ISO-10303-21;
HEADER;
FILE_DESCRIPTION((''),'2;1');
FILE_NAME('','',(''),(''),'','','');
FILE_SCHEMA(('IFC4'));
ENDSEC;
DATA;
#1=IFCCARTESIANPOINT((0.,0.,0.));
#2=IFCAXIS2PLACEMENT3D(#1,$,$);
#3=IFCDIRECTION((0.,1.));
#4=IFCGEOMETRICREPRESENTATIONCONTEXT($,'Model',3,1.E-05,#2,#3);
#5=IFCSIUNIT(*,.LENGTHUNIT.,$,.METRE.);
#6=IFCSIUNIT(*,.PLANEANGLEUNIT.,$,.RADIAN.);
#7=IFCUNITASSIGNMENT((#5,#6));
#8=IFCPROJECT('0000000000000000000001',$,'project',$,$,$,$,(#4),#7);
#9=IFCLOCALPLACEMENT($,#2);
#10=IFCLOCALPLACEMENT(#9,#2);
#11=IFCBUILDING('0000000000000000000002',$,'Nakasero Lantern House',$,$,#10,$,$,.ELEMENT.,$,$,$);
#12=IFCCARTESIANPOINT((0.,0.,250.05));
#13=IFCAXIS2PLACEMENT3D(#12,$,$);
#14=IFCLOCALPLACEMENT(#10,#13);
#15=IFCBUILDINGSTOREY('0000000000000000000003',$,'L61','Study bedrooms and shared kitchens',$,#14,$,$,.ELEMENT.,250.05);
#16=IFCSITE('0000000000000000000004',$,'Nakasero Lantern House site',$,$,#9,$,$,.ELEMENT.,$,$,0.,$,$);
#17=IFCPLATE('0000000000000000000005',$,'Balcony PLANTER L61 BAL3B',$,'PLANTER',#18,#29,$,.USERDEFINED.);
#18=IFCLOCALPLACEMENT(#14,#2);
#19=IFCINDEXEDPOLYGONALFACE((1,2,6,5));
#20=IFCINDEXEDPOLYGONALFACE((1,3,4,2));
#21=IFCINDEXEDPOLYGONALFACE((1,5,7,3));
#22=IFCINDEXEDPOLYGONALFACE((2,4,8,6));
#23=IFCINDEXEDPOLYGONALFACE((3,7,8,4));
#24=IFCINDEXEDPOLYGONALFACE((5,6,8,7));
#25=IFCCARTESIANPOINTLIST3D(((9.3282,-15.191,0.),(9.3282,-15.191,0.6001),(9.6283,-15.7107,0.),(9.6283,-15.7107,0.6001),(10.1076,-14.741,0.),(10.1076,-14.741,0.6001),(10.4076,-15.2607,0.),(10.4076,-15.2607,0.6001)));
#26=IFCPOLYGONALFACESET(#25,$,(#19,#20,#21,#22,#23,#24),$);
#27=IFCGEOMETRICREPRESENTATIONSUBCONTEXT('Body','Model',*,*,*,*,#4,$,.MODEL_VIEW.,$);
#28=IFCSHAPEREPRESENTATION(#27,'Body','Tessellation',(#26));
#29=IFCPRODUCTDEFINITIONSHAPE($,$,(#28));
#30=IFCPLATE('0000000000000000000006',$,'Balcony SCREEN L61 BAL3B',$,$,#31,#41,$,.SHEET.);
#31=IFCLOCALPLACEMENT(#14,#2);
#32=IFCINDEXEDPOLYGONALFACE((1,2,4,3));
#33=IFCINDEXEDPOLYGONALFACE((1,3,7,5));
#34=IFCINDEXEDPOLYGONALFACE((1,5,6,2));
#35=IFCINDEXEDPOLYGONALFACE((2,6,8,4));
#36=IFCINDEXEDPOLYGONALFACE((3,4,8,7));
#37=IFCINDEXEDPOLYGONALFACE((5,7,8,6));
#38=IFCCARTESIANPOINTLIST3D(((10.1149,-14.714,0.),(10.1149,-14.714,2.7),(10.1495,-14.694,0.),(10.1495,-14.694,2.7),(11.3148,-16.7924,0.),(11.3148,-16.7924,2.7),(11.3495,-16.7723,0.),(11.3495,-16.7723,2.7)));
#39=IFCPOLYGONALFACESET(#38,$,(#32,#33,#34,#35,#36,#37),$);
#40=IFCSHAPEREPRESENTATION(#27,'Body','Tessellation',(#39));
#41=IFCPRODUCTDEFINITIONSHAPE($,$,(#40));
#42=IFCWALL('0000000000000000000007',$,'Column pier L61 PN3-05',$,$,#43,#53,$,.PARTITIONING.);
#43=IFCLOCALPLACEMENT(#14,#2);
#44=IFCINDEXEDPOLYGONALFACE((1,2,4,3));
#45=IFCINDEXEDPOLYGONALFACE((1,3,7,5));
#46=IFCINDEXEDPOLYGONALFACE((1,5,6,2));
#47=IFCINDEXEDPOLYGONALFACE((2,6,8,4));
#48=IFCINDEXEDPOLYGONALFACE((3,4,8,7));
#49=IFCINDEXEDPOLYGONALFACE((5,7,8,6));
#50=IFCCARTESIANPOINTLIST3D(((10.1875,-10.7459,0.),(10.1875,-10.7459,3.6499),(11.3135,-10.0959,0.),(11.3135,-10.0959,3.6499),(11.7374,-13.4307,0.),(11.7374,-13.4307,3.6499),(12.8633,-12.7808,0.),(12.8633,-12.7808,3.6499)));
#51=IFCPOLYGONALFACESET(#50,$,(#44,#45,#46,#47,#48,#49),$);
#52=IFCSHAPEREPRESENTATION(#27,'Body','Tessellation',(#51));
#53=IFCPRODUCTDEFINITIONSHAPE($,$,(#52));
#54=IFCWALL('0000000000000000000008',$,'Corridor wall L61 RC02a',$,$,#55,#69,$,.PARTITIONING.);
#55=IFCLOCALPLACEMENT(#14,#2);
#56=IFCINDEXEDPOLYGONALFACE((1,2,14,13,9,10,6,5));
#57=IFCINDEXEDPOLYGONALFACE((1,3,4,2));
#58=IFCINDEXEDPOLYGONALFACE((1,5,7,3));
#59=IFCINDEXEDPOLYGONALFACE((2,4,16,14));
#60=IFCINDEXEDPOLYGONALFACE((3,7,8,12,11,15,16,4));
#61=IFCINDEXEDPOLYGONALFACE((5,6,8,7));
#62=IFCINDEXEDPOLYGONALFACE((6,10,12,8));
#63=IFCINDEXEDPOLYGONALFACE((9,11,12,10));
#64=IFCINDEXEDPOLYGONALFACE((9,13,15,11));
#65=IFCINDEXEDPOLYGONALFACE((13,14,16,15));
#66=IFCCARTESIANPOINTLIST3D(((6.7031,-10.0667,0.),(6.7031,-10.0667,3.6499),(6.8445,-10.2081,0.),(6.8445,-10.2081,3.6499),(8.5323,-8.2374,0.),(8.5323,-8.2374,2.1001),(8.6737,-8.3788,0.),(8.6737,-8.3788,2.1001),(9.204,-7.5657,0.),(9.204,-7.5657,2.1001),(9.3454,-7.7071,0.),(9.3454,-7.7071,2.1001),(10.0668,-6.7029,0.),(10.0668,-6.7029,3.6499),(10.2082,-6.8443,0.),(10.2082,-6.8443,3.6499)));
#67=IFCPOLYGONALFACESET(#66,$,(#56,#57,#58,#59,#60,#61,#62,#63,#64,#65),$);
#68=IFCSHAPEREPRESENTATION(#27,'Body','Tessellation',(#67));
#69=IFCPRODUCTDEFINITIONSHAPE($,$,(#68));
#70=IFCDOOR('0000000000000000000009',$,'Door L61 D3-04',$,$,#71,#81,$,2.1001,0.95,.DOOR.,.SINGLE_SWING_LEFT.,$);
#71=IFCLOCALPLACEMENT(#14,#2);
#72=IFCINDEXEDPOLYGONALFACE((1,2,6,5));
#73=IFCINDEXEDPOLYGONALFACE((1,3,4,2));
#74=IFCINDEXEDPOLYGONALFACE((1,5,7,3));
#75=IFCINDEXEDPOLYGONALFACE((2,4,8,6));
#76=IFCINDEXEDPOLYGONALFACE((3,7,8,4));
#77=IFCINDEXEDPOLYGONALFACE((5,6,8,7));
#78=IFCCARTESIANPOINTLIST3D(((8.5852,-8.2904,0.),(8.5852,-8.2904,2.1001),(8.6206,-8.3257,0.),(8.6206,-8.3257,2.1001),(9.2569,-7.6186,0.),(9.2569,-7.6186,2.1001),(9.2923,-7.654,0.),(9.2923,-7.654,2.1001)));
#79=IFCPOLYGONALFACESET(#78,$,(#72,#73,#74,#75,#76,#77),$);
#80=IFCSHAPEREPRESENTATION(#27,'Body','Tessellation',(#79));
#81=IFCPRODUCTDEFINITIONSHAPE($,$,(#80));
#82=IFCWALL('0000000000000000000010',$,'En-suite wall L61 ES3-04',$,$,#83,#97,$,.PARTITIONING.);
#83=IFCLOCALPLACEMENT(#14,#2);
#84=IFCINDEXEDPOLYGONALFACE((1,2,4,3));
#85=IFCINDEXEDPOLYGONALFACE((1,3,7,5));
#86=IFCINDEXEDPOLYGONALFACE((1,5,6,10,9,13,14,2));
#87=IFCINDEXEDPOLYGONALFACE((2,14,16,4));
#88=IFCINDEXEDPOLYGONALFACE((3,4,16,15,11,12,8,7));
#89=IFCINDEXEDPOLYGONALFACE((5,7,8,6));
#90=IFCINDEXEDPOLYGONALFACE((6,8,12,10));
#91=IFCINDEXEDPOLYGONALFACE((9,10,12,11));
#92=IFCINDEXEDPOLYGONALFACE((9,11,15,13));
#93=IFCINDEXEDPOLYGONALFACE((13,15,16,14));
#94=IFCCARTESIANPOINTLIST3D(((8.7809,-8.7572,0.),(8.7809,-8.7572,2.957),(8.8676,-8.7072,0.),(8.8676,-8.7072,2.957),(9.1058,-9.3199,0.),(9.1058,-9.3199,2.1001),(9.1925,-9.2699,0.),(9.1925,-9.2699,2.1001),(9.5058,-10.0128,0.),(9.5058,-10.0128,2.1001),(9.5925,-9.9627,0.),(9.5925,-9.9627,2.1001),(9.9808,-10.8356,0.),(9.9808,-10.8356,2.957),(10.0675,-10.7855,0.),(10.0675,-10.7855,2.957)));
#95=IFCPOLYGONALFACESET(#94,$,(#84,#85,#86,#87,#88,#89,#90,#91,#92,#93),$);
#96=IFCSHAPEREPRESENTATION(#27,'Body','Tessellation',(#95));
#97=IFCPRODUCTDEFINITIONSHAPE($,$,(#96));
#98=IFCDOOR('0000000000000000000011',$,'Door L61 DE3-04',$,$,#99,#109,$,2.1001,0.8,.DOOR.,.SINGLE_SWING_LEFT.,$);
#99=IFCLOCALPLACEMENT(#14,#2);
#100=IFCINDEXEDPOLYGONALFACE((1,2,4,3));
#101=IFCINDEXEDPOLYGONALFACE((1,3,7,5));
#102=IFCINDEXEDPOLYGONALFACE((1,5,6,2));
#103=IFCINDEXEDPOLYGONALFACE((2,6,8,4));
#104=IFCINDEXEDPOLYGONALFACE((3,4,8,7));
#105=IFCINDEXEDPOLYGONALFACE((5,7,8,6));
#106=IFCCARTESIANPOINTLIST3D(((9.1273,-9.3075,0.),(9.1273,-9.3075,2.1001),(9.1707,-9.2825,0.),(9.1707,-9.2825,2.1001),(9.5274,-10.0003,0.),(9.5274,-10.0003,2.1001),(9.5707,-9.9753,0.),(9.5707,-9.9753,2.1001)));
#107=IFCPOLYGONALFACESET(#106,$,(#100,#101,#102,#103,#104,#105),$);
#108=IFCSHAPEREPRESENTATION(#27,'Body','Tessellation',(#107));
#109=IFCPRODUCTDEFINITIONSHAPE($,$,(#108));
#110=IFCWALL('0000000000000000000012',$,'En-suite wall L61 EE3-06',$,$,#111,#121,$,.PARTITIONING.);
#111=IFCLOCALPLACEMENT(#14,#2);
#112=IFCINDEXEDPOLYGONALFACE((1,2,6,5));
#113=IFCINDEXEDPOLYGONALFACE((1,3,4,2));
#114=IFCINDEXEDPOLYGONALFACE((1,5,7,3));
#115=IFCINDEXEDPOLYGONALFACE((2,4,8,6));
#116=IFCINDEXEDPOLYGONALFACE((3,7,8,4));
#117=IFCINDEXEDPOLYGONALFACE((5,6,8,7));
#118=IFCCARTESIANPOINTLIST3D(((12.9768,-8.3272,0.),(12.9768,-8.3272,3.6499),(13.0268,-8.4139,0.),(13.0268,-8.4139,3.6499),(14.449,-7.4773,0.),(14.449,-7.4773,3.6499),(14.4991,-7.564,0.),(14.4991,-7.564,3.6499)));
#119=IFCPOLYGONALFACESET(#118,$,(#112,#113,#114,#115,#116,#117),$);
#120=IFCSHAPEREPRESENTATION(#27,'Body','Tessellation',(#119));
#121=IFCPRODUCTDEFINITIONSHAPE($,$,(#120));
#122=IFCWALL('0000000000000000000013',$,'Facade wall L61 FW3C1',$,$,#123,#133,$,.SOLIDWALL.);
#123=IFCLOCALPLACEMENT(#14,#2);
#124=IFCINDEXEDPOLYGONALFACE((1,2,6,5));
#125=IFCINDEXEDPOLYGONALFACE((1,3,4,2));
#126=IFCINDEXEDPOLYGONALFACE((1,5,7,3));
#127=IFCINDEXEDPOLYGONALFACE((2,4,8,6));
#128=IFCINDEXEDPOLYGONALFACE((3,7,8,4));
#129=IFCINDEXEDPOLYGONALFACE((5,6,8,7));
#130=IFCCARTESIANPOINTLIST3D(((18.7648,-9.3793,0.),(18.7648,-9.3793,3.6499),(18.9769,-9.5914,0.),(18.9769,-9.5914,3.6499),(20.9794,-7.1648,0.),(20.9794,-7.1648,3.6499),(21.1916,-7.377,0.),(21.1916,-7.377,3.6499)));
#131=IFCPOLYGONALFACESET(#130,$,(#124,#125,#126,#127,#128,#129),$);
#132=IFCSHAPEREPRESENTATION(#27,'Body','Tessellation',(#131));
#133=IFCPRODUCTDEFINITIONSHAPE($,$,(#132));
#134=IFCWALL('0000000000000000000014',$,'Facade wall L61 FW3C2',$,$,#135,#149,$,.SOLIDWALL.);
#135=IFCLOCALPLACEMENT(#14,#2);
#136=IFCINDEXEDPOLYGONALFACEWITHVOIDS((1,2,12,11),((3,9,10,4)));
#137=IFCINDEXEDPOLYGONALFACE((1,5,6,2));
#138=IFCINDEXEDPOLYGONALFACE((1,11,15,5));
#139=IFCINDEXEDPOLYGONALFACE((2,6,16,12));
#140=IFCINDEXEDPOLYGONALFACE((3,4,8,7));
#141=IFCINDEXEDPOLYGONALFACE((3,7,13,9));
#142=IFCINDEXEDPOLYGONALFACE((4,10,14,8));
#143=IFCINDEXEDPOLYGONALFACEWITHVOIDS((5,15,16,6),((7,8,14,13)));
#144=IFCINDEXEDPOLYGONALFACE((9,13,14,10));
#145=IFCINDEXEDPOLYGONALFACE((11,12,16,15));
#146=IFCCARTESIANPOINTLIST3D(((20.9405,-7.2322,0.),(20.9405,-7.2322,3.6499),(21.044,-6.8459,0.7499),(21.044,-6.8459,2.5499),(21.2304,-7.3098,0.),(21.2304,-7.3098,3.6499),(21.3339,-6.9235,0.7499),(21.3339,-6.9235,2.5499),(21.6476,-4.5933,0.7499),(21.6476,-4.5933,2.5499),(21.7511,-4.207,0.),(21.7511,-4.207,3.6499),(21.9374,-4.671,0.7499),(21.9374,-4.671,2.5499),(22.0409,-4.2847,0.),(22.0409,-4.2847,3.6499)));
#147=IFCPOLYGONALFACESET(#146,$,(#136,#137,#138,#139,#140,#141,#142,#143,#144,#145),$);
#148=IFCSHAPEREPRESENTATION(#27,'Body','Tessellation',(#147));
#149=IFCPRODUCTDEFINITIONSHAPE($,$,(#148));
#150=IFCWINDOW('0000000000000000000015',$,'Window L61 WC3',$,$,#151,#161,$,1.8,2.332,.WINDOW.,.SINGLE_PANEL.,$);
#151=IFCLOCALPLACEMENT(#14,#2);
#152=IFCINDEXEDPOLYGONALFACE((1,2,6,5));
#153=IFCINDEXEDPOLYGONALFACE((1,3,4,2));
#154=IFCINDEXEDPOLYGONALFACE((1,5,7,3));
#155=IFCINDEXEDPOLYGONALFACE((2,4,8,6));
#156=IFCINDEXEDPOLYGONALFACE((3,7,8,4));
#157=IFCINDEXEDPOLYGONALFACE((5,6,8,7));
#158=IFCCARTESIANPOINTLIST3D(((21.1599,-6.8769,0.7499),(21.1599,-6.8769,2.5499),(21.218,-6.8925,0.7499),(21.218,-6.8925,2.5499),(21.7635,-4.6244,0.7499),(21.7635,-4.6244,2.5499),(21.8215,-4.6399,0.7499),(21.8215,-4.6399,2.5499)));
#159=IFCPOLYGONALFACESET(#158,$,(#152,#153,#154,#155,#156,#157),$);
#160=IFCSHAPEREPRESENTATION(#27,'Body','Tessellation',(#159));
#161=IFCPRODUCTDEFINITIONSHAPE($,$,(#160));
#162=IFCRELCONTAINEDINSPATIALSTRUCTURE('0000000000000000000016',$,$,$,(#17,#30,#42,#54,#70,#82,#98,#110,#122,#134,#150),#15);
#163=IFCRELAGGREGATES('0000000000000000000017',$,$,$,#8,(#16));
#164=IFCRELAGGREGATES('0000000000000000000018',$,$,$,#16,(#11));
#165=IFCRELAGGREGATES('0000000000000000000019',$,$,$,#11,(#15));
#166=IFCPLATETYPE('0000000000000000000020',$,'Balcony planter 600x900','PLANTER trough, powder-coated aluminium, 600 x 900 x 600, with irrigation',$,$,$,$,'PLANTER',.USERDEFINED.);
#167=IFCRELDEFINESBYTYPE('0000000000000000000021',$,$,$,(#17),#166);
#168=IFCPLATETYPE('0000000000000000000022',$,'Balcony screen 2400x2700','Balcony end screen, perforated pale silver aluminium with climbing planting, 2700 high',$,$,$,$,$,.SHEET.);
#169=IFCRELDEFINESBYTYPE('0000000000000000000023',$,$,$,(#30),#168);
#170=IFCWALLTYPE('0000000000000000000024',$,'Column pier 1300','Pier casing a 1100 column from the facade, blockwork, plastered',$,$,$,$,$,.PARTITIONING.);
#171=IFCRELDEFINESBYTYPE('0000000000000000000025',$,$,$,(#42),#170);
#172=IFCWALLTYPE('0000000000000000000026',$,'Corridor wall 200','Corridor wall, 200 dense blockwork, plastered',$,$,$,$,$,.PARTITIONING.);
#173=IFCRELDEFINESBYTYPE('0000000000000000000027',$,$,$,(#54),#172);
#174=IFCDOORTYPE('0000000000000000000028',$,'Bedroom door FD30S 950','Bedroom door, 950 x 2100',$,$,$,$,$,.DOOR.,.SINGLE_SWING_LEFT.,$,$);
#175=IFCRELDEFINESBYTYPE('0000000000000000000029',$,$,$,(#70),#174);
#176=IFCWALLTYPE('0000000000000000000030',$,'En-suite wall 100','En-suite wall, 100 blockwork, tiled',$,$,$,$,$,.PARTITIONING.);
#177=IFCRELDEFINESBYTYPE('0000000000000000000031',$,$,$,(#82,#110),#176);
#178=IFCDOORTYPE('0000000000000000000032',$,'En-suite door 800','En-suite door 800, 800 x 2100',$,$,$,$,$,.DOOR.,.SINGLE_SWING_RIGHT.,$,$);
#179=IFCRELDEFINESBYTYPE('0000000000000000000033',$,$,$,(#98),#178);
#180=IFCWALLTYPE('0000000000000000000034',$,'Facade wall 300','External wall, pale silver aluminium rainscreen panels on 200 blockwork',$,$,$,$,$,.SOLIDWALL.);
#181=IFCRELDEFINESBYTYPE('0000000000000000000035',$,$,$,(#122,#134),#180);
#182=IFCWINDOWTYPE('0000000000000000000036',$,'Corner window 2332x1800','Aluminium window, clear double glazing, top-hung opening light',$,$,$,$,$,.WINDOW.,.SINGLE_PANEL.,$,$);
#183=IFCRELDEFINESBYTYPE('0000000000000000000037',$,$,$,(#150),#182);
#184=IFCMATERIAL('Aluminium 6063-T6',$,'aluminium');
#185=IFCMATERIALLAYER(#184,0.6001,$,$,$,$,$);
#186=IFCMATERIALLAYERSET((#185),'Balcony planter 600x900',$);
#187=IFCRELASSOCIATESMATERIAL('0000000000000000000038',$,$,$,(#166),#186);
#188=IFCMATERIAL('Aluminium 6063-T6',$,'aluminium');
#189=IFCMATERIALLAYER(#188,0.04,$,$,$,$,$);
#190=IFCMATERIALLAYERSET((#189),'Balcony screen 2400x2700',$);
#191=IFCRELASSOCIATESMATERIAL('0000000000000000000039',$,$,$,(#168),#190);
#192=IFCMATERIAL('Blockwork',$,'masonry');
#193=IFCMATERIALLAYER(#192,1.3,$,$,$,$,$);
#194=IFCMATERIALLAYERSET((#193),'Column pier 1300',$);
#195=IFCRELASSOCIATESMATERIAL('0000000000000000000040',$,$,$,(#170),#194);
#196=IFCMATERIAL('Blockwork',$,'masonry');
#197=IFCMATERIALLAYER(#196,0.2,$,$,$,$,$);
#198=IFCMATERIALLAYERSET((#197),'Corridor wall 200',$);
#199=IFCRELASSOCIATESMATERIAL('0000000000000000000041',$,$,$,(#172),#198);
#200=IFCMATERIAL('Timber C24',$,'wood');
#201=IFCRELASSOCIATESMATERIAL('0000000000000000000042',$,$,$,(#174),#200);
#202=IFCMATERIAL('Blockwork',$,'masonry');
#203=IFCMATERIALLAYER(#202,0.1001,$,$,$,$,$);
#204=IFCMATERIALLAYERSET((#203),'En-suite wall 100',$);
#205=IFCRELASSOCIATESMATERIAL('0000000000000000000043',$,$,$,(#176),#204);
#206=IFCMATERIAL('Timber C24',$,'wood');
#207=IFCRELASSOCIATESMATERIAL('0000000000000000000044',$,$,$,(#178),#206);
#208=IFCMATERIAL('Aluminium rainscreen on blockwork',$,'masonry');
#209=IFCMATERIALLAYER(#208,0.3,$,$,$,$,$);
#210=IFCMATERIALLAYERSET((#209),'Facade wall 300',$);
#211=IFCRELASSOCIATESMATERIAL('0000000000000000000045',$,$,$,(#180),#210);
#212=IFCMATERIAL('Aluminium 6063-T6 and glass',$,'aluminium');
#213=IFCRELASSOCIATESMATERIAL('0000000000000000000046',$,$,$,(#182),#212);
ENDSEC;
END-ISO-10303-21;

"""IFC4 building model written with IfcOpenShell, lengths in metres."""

from ifc_helpers import new_model, si_unit, direction, frame, frame_2d, origin, origin_2d, place, context, subcontext, project, spatial, rectangle, extrude, material, layer, layer_set, type_object, element, fill, save


model = new_model("IFC4")

# Units and contexts
model_context = context("Model", 3, precision=1e-05, world=origin(), true_north=direction((0.0, 1.0)))
body_context = subcontext(model_context, "Body", "Model", "MODEL_VIEW")
ifc_project = project(units=[si_unit("LENGTHUNIT", "METRE"), si_unit("PLANEANGLEUNIT", "RADIAN")], contexts=[model_context])

# Site, building, storey
site_placement = place(None, origin())
site = spatial("IfcSite", under=ifc_project, at=site_placement, Name="Nakasero Lantern House site", CompositionType="ELEMENT", RefElevation=0.0)
building_placement = place(site_placement, origin())
building = spatial("IfcBuilding", under=site, at=building_placement, Name="Nakasero Lantern House", CompositionType="ELEMENT")
storey_placement = place(building_placement, frame((0.0, 0.0, 250.05)))
storey = spatial("IfcBuildingStorey", under=building, at=storey_placement, Name="L61", Description="Study bedrooms and shared kitchens", CompositionType="ELEMENT", Elevation=250.05)

# Plates
ifc_material_1 = material(Name="Aluminium 6063-T6", Category="aluminium")
ifc_layer_1 = layer(ifc_material_1, 0.6001)
ifc_layer_set_1 = layer_set([ifc_layer_1], Name="Balcony planter 600x900")
plate_type_1 = type_object("IfcPlateType", Name="Balcony planter 600x900", Description="PLANTER trough, powder-coated aluminium, 600 x 900 x 600, with irrigation", ElementType="PLANTER", PredefinedType="USERDEFINED", material=ifc_layer_set_1)
plate_1_placement = place(storey_placement, frame((9.8679, -15.2258, 0.0), z_axis=(0.0, 0.0, 1.0), x_axis=(0.5, -0.866025, 0.0)))
element("IfcPlate", 1, at=plate_1_placement, inside=storey, type_object=plate_type_1, Name="Balcony PLANTER L61 BAL3B", ObjectType="PLANTER", PredefinedType="USERDEFINED", context=body_context, shape_type="SweptSolid", body=[
    extrude(rectangle(XDim=0.6001, YDim=0.8999, at=origin_2d()), origin(), (0.0, 0.0, 1.0), 0.6001),
])
ifc_material_2 = material(Name="Aluminium 6063-T6", Category="aluminium")
ifc_layer_2 = layer(ifc_material_2, 0.04)
ifc_layer_set_2 = layer_set([ifc_layer_2], Name="Balcony screen 2400x2700")
plate_type_2 = type_object("IfcPlateType", Name="Balcony screen 2400x2700", Description="Balcony end screen, perforated pale silver aluminium with climbing planting, 2700 high", PredefinedType="SHEET", material=ifc_layer_set_2)
plate_2_placement = place(storey_placement, frame((10.7322, -15.7432, 0.0), z_axis=(0.0, 0.0, 1.0), x_axis=(0.5, -0.866025, 0.0)))
element("IfcPlate", 2, at=plate_2_placement, inside=storey, type_object=plate_type_2, Name="Balcony SCREEN L61 BAL3B", PredefinedType="SHEET", context=body_context, shape_type="SweptSolid", body=[
    extrude(rectangle(XDim=2.3999, YDim=0.04, at=origin_2d()), origin(), (0.0, 0.0, 1.0), 2.7),
])

# Wall
ifc_material_3 = material(Name="Blockwork", Category="masonry")
ifc_layer_3 = layer(ifc_material_3, 1.3)
ifc_layer_set_3 = layer_set([ifc_layer_3], Name="Column pier 1300")
wall_type_1 = type_object("IfcWallType", Name="Column pier 1300", Description="Pier casing a 1100 column from the facade, blockwork, plastered", PredefinedType="PARTITIONING", material=ifc_layer_set_3)
wall_1_placement = place(storey_placement, frame((10.7505, -10.4209, 0.0), z_axis=(0.0, 0.0, 1.0), x_axis=(0.499934, -0.866064, 0.0)))
element("IfcWall", 3, at=wall_1_placement, inside=storey, type_object=wall_type_1, Name="Column pier L61 PN3-05", PredefinedType="PARTITIONING", context=body_context, shape_type="SweptSolid", body=[
    extrude(rectangle(XDim=3.1001, YDim=1.3, at=frame_2d((1.55, 0.0))), origin(), (0.0, 0.0, 1.0), 3.6499),
])

# Walls, openings, doors
ifc_material_4 = material(Name="Blockwork", Category="masonry")
ifc_layer_4 = layer(ifc_material_4, 0.2)
ifc_layer_set_4 = layer_set([ifc_layer_4], Name="Corridor wall 200")
wall_type_2 = type_object("IfcWallType", Name="Corridor wall 200", Description="Corridor wall, 200 dense blockwork, plastered", PredefinedType="PARTITIONING", material=ifc_layer_set_4)
wall_2_placement = place(storey_placement, frame((10.1375, -6.7737, 0.0), z_axis=(0.0, 0.0, 1.0), x_axis=(-0.707107, -0.707107, 0.0)))
wall_2 = element("IfcWall", 4, at=wall_2_placement, inside=storey, type_object=wall_type_2, Name="Corridor wall L61 RC02a", PredefinedType="PARTITIONING", context=body_context, shape_type="SweptSolid", body=[
    extrude(rectangle(XDim=4.7571, YDim=0.2, at=frame_2d((2.3784, 0.0))), origin(), (0.0, 0.0, 1.0), 3.6499),
])
opening_1_placement = place(wall_2_placement, frame((1.22, 0.0, 0.0)))
opening_1 = element("IfcOpeningElement", 5, at=opening_1_placement, cuts=wall_2, PredefinedType="OPENING", context=body_context, shape_type="SweptSolid", body=[
    extrude(rectangle(XDim=0.95, YDim=2.1001, at=frame_2d((0.4751, 1.05))), frame((0.0, 0.1199, 0.0), z_axis=(0.0, -1.0, 0.0), x_axis=(1.0, 0.0, 0.0)), (0.0, 0.0, 1.0), 0.24),
])
ifc_material_5 = material(Name="Timber C24", Category="wood")
door_type_1 = type_object("IfcDoorType", Name="Bedroom door FD30S 950", Description="Bedroom door, 950 x 2100", OperationType="SINGLE_SWING_LEFT", PredefinedType="DOOR", material=ifc_material_5)
door_1_placement = place(opening_1_placement, origin())
door_1 = element("IfcDoor", 6, at=door_1_placement, inside=storey, type_object=door_type_1, Name="Door L61 D3-04", OperationType="SINGLE_SWING_LEFT", OverallHeight=2.1001, OverallWidth=0.95, PredefinedType="DOOR", context=body_context, shape_type="SweptSolid", body=[
    extrude(rectangle(XDim=0.95, YDim=2.1001, at=frame_2d((0.4751, 1.05))), frame((0.0, 0.0249, 0.0), z_axis=(0.0, -1.0, 0.0), x_axis=(1.0, 0.0, 0.0)), (0.0, 0.0, 1.0), 0.05),
])
fill(opening_1, door_1)
ifc_material_6 = material(Name="Blockwork", Category="masonry")
ifc_layer_5 = layer(ifc_material_6, 0.1001)
ifc_layer_set_5 = layer_set([ifc_layer_5], Name="En-suite wall 100")
wall_type_3 = type_object("IfcWallType", Name="En-suite wall 100", Description="En-suite wall, 100 blockwork, tiled", PredefinedType="PARTITIONING", material=ifc_layer_set_5)
wall_3_placement = place(storey_placement, frame((8.8242, -8.7322, 0.0), z_axis=(0.0, 0.0, 1.0), x_axis=(0.500001, -0.866025, 0.0)))
wall_3 = element("IfcWall", 7, at=wall_3_placement, inside=storey, type_object=wall_type_3, Name="En-suite wall L61 ES3-04", PredefinedType="PARTITIONING", context=body_context, shape_type="SweptSolid", body=[
    extrude(rectangle(XDim=2.3999, YDim=0.1001, at=frame_2d((1.2, 0.0))), origin(), (0.0, 0.0, 1.0), 2.957),
])
opening_2_placement = place(wall_3_placement, frame((0.6499, 0.0, 0.0)))
opening_2 = element("IfcOpeningElement", 8, at=opening_2_placement, cuts=wall_3, PredefinedType="OPENING", context=body_context, shape_type="SweptSolid", body=[
    extrude(rectangle(XDim=0.8, YDim=2.1001, at=frame_2d((0.3999, 1.05))), frame((0.0, 0.0701, 0.0), z_axis=(0.0, -1.0, 0.0), x_axis=(1.0, 0.0, 0.0)), (0.0, 0.0, 1.0), 0.1401),
])
ifc_material_7 = material(Name="Timber C24", Category="wood")
door_type_2 = type_object("IfcDoorType", Name="En-suite door 800", Description="En-suite door 800, 800 x 2100", OperationType="SINGLE_SWING_RIGHT", PredefinedType="DOOR", material=ifc_material_7)
door_2_placement = place(opening_2_placement, origin())
door_2 = element("IfcDoor", 9, at=door_2_placement, inside=storey, type_object=door_type_2, Name="Door L61 DE3-04", OperationType="SINGLE_SWING_LEFT", OverallHeight=2.1001, OverallWidth=0.8, PredefinedType="DOOR", context=body_context, shape_type="SweptSolid", body=[
    extrude(rectangle(XDim=0.8, YDim=2.1001, at=frame_2d((0.3999, 1.05))), frame((0.0, 0.0249, 0.0), z_axis=(0.0, -1.0, 0.0), x_axis=(1.0, 0.0, 0.0)), (0.0, 0.0, 1.0), 0.05),
])
fill(opening_2, door_2)

# Walls
wall_4_placement = place(storey_placement, frame((13.0017, -8.3706, 0.0), z_axis=(0.0, 0.0, 1.0), x_axis=(0.866052, 0.499955, 0.0)))
element("IfcWall", 10, at=wall_4_placement, inside=storey, type_object=wall_type_3, Name="En-suite wall L61 EE3-06", PredefinedType="PARTITIONING", context=body_context, shape_type="SweptSolid", body=[
    extrude(rectangle(XDim=1.7, YDim=0.1001, at=frame_2d((0.8501, 0.0))), origin(), (0.0, 0.0, 1.0), 3.6499),
])
ifc_material_8 = material(Name="Aluminium rainscreen on blockwork", Category="masonry")
ifc_layer_6 = layer(ifc_material_8, 0.3)
ifc_layer_set_6 = layer_set([ifc_layer_6], Name="Facade wall 300")
wall_type_4 = type_object("IfcWallType", Name="Facade wall 300", Description="External wall, pale silver aluminium rainscreen panels on 200 blockwork", PredefinedType="SOLIDWALL", material=ifc_layer_set_6)
wall_5_placement = place(storey_placement, frame((18.8708, -9.4854, 0.0), z_axis=(0.0, 0.0, 1.0), x_axis=(0.707146, 0.707068, 0.0)))
element("IfcWall", 11, at=wall_5_placement, inside=storey, type_object=wall_type_4, Name="Facade wall L61 FW3C1", PredefinedType="SOLIDWALL", context=body_context, shape_type="SweptSolid", body=[
    extrude(rectangle(XDim=3.1318, YDim=0.3, at=frame_2d((1.5659, 0.0))), origin(), (0.0, 0.0, 1.0), 3.6499),
])

# Wall, opening, window
wall_6_placement = place(storey_placement, frame((21.0854, -7.271, 0.0), z_axis=(0.0, 0.0, 1.0), x_axis=(0.258808, 0.965929, 0.0)))
wall_6 = element("IfcWall", 12, at=wall_6_placement, inside=storey, type_object=wall_type_4, Name="Facade wall L61 FW3C2", PredefinedType="SOLIDWALL", context=body_context, shape_type="SweptSolid", body=[
    extrude(rectangle(XDim=3.1318, YDim=0.3, at=frame_2d((1.5659, 0.0))), origin(), (0.0, 0.0, 1.0), 3.6499),
])
opening_3_placement = place(wall_6_placement, frame((0.3999, 0.0, 0.75)))
opening_3 = element("IfcOpeningElement", 13, at=opening_3_placement, cuts=wall_6, PredefinedType="OPENING", context=body_context, shape_type="SweptSolid", body=[
    extrude(rectangle(XDim=2.332, YDim=1.8, at=frame_2d((1.166, 0.8999))), frame((0.0, 0.1699, 0.0), z_axis=(0.0, -1.0, 0.0), x_axis=(1.0, 0.0, 0.0)), (0.0, 0.0, 1.0), 0.3401),
])
ifc_material_9 = material(Name="Aluminium 6063-T6 and glass", Category="aluminium")
window_type = type_object("IfcWindowType", Name="Corner window 2332x1800", Description="Aluminium window, clear double glazing, top-hung opening light", PartitioningType="SINGLE_PANEL", PredefinedType="WINDOW", material=ifc_material_9)
window_placement = place(opening_3_placement, origin())
window = element("IfcWindow", 14, at=window_placement, inside=storey, type_object=window_type, Name="Window L61 WC3", OverallHeight=1.8, OverallWidth=2.332, PartitioningType="SINGLE_PANEL", PredefinedType="WINDOW", context=body_context, shape_type="SweptSolid", body=[
    extrude(rectangle(XDim=2.332, YDim=1.8, at=frame_2d((1.166, 0.8999))), frame((0.0, 0.03, 0.0), z_axis=(0.0, -1.0, 0.0), x_axis=(1.0, 0.0, 0.0)), (0.0, 0.0, 1.0), 0.0601),
])
fill(opening_3, window)

save(model, "model.ifc")
